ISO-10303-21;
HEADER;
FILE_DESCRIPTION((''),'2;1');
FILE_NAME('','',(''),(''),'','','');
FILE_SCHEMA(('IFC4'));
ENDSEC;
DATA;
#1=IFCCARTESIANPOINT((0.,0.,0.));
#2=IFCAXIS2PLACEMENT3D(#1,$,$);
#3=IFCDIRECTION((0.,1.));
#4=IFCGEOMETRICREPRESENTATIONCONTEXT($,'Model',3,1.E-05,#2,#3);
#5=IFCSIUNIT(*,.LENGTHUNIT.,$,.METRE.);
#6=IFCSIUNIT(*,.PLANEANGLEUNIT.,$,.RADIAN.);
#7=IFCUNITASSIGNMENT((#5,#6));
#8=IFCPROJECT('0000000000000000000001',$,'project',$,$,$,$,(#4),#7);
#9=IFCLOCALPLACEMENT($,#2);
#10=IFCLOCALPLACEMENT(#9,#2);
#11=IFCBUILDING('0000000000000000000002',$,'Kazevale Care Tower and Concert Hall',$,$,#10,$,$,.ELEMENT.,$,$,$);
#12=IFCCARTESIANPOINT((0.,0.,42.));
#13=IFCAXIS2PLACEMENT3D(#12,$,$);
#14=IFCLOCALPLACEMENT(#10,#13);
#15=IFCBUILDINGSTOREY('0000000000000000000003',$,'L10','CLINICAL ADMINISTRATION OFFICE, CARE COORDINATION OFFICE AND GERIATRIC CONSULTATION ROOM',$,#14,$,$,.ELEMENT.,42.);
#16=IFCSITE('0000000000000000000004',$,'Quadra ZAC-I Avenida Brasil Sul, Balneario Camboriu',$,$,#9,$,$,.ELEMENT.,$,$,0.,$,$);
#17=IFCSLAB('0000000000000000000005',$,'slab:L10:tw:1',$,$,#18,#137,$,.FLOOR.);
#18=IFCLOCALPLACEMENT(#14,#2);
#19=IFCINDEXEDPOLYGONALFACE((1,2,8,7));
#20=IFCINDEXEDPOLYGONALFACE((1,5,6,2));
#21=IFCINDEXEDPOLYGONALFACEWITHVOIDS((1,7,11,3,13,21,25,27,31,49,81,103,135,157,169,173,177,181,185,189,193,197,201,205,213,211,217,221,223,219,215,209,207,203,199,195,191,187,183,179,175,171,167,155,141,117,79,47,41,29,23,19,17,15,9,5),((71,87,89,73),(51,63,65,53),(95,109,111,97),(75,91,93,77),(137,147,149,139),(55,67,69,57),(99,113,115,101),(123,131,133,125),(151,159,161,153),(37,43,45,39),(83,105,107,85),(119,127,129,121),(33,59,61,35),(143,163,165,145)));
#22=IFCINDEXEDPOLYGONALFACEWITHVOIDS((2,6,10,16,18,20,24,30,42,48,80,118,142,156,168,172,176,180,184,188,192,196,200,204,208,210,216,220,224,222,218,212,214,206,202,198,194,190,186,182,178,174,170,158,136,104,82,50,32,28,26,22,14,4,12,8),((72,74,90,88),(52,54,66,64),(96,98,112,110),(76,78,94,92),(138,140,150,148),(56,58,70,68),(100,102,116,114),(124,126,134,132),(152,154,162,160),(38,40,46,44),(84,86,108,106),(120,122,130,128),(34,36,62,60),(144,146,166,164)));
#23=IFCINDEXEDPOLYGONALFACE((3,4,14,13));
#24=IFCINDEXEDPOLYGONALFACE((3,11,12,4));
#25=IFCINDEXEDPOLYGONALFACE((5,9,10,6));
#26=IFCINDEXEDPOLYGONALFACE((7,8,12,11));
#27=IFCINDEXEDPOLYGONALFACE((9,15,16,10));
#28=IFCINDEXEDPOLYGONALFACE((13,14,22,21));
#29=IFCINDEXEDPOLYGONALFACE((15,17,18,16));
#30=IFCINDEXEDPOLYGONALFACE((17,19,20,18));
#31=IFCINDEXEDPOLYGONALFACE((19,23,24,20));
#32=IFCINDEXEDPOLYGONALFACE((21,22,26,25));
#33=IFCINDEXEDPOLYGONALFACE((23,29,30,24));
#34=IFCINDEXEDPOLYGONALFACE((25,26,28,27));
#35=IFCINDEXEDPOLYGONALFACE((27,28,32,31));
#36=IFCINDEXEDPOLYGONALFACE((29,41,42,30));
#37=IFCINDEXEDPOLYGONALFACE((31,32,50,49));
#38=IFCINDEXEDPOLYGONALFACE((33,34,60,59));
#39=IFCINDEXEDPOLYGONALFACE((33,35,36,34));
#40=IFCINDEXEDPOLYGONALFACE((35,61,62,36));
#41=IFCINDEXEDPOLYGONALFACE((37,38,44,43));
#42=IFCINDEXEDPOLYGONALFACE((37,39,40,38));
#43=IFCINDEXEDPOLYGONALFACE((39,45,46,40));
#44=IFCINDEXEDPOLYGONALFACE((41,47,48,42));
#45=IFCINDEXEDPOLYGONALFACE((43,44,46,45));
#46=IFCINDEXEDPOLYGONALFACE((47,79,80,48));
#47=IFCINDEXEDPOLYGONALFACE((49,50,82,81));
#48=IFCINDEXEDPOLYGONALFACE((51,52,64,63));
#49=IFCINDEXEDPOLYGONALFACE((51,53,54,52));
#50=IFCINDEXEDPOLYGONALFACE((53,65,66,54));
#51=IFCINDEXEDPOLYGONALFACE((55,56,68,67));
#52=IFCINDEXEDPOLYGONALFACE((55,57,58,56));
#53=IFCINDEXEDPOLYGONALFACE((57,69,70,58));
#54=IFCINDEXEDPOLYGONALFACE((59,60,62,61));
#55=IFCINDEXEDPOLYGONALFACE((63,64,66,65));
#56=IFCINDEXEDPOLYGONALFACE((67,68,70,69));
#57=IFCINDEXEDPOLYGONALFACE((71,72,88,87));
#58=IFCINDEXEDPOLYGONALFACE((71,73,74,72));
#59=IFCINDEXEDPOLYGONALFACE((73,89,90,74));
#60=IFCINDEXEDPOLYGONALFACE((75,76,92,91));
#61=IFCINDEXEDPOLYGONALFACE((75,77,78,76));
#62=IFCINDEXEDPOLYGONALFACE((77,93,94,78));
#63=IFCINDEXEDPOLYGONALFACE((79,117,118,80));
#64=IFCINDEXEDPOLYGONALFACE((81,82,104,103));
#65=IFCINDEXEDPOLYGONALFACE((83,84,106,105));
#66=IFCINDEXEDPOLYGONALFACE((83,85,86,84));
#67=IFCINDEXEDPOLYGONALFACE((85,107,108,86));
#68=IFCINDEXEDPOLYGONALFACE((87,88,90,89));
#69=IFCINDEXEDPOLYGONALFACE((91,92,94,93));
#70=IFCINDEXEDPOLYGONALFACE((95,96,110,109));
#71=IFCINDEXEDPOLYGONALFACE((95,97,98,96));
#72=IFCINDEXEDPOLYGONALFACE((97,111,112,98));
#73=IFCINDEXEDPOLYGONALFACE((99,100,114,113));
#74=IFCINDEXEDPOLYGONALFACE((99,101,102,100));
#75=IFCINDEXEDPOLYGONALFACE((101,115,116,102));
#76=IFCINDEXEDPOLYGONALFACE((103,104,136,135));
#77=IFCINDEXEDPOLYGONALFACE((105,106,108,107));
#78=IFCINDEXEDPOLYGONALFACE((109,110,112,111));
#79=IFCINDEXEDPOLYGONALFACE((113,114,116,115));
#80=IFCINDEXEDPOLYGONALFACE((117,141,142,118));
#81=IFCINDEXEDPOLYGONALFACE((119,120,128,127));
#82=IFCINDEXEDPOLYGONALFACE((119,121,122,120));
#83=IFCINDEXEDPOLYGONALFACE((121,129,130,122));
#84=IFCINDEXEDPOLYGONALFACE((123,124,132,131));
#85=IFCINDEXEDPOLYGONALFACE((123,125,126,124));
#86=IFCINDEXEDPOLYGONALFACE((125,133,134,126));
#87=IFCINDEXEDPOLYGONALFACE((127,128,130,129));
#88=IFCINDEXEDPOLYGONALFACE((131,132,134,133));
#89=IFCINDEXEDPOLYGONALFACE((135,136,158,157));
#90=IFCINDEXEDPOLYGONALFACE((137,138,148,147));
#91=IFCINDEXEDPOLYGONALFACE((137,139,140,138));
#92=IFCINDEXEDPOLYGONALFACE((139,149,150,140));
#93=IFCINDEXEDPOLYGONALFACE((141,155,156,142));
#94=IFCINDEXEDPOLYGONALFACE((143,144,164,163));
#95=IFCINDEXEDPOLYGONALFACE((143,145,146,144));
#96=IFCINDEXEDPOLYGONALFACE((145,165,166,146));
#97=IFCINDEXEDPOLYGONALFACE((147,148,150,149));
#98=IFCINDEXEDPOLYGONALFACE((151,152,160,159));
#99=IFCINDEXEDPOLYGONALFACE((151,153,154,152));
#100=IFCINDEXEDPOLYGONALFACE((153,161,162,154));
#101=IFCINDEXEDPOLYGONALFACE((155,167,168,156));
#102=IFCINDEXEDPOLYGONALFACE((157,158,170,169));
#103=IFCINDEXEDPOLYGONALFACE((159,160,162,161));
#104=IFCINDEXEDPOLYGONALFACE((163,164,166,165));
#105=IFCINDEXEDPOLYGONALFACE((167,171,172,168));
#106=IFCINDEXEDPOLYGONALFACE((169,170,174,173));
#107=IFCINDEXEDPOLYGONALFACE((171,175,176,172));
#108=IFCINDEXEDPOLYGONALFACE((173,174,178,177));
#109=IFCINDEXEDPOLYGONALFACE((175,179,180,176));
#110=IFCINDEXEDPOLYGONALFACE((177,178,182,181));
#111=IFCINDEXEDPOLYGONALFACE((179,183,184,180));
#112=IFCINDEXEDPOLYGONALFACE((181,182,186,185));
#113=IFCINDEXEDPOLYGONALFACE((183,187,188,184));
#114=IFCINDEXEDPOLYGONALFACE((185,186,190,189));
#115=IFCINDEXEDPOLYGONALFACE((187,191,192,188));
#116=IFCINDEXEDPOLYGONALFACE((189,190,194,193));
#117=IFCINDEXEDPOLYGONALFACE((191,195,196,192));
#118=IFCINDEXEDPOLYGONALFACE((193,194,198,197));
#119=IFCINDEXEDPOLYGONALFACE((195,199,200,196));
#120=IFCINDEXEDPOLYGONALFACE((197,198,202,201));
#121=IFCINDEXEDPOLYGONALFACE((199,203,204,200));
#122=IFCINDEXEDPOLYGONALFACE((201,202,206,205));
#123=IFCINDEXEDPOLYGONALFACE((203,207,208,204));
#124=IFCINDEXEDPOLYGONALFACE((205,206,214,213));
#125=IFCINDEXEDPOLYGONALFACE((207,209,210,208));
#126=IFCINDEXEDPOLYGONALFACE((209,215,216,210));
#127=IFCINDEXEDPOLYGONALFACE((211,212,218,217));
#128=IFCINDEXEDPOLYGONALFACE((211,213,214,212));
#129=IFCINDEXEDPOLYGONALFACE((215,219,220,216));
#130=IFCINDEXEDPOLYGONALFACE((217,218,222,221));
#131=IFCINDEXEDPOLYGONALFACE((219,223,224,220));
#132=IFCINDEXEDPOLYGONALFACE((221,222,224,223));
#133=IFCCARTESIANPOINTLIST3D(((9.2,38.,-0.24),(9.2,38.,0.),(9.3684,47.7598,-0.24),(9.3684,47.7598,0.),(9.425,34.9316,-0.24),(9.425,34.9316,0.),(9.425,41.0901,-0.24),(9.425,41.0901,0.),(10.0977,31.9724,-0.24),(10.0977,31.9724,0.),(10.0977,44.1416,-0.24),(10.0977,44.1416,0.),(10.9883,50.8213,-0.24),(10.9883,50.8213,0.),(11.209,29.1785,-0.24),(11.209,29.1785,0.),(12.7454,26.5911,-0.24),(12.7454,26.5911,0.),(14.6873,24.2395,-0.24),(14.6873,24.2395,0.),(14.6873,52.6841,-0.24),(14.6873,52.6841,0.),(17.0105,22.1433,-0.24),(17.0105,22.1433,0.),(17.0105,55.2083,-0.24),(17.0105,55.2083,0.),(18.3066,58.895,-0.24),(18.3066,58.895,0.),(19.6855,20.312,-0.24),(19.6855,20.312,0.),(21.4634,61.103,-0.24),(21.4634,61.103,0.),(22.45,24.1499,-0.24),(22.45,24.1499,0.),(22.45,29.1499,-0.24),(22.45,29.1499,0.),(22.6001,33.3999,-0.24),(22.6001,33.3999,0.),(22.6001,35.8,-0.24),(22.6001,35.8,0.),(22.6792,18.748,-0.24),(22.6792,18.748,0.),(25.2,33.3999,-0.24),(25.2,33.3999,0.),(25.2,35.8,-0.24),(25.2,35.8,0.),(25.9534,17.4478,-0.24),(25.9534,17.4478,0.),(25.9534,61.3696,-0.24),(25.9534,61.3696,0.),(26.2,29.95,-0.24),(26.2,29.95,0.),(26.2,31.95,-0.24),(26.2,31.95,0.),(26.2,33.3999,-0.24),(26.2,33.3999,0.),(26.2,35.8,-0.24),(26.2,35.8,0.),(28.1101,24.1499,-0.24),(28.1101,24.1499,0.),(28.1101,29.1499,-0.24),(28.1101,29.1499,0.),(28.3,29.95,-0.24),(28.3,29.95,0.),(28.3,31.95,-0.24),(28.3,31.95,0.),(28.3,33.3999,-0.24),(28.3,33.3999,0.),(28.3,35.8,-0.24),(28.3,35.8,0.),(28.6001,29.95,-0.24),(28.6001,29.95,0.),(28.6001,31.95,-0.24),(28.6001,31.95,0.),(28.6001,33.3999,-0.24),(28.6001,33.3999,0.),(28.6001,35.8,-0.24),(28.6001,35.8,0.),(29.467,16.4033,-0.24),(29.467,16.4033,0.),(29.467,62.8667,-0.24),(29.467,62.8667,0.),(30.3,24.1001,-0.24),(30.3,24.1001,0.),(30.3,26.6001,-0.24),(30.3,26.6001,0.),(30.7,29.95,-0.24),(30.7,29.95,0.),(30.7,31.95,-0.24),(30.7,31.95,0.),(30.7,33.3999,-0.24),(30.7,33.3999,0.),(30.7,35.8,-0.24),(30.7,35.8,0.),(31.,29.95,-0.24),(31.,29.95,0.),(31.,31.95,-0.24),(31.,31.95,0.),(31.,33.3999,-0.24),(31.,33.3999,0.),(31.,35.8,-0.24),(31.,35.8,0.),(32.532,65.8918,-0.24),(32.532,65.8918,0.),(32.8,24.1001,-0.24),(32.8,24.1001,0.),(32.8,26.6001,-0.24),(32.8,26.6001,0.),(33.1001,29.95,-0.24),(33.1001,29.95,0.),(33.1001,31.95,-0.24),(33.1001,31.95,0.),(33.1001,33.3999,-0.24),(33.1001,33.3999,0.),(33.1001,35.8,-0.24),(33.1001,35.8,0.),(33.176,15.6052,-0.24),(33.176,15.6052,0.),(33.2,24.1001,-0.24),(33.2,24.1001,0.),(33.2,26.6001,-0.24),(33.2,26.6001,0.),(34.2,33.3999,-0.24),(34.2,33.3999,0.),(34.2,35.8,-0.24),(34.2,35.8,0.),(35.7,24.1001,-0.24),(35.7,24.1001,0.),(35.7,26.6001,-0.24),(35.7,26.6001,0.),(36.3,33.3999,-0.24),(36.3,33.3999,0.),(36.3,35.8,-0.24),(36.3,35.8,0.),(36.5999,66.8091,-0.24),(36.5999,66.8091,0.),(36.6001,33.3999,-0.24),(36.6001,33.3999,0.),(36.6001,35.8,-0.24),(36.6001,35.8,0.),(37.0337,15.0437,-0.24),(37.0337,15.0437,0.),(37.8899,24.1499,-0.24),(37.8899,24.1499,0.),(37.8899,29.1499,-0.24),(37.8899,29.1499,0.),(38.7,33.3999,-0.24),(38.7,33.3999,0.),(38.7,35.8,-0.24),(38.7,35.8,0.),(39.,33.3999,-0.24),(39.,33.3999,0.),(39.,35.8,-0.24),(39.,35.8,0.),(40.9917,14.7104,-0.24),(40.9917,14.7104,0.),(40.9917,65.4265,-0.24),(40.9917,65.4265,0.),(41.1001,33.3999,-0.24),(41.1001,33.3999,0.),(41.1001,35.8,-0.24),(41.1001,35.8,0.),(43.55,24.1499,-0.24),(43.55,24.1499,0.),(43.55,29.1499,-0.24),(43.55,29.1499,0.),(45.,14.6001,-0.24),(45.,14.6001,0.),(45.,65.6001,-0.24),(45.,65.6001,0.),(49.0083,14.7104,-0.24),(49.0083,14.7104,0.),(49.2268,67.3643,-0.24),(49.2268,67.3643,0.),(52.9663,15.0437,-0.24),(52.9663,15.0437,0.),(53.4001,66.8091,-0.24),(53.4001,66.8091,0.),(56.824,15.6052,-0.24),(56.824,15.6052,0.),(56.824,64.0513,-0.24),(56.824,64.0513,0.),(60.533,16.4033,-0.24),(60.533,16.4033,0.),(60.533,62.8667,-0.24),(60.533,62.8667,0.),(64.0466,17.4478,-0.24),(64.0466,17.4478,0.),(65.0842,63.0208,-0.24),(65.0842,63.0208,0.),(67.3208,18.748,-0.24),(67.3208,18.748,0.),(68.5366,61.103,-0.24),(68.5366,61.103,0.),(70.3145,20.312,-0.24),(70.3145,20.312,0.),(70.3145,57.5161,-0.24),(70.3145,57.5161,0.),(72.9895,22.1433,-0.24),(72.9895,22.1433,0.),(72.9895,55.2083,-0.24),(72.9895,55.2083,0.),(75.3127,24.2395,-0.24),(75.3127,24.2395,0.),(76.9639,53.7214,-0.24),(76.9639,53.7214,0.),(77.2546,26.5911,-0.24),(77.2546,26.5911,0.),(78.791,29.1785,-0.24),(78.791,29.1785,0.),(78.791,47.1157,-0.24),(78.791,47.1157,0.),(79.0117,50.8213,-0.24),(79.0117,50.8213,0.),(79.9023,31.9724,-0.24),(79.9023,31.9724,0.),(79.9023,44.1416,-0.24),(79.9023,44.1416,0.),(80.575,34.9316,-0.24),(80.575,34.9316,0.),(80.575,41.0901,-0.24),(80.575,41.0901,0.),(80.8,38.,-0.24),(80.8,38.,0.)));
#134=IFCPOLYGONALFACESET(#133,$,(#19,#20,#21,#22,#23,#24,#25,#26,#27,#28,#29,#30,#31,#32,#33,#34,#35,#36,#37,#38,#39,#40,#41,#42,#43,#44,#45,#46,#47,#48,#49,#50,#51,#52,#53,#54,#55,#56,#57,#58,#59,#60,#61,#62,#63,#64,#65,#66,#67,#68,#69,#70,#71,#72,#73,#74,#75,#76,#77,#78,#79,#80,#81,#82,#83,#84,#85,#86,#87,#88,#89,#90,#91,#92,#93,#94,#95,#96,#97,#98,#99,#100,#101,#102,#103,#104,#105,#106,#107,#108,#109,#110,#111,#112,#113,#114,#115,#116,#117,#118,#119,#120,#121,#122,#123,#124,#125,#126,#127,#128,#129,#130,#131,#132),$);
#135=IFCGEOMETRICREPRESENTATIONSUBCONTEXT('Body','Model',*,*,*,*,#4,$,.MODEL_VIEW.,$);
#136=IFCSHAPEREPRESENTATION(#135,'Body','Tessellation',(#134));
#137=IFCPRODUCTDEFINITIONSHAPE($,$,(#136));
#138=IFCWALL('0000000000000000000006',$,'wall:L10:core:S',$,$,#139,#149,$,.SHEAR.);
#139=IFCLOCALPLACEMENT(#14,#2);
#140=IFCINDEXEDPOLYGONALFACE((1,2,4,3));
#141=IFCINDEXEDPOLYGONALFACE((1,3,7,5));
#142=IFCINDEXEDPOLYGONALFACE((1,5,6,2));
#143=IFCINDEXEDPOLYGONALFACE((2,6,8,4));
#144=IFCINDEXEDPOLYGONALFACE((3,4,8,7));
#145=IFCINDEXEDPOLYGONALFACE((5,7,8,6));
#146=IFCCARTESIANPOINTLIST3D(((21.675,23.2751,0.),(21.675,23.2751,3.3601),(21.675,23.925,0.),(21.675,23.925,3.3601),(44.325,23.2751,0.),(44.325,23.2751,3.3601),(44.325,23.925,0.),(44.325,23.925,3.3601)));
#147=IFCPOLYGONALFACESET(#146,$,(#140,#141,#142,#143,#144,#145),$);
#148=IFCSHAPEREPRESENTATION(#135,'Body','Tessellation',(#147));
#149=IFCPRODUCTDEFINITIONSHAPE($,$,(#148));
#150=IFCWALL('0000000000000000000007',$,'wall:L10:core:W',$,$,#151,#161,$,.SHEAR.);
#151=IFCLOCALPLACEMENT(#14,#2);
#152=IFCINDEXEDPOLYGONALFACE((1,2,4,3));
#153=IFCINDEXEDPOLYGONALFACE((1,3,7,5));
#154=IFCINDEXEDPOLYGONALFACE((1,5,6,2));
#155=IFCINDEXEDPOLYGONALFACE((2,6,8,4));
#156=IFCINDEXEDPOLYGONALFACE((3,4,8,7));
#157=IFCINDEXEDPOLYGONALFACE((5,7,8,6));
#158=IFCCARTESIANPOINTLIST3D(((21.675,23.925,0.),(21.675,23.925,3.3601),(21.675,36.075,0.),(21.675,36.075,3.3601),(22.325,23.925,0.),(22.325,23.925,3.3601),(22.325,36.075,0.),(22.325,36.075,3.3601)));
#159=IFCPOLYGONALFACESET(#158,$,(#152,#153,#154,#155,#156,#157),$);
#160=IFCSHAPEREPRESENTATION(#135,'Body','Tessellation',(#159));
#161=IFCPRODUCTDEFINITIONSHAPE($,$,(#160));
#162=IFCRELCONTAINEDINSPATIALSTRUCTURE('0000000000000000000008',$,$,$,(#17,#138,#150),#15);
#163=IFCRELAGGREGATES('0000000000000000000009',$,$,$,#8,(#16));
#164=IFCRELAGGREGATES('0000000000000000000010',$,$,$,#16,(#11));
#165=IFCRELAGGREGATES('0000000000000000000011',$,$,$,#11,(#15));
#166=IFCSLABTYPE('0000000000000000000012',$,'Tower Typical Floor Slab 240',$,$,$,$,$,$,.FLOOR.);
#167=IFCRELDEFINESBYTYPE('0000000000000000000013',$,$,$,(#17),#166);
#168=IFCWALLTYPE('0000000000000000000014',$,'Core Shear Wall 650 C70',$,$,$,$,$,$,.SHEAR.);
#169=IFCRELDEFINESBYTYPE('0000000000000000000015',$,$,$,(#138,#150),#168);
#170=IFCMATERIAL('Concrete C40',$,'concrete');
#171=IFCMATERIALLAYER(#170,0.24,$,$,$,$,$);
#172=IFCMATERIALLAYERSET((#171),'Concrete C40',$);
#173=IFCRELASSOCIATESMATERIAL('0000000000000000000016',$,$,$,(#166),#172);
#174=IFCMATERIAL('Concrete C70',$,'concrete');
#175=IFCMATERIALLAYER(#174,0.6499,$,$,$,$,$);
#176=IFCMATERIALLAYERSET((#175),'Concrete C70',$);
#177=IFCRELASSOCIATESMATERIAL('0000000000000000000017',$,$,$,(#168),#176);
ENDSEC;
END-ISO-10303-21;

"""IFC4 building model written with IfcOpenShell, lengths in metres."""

from ifc_helpers import new_model, si_unit, direction, frame, frame_2d, origin, place, context, subcontext, project, spatial, polyline, rectangle, outline, extrude, material, layer, layer_set, type_object, element, save


model = new_model("IFC4")

# Units and contexts
model_context = context("Model", 3, precision=1e-05, world=origin(), true_north=direction((0.0, 1.0)))
body_context = subcontext(model_context, "Body", "Model", "MODEL_VIEW")
ifc_project = project(units=[si_unit("LENGTHUNIT", "METRE"), si_unit("PLANEANGLEUNIT", "RADIAN")], contexts=[model_context])

# Site, building, storey
site_placement = place(None, origin())
site = spatial("IfcSite", under=ifc_project, at=site_placement, Name="Quadra ZAC-I Avenida Brasil Sul, Balneario Camboriu", CompositionType="ELEMENT", RefElevation=0.0)
building_placement = place(site_placement, origin())
building = spatial("IfcBuilding", under=site, at=building_placement, Name="Kazevale Care Tower and Concert Hall", CompositionType="ELEMENT")
storey_placement = place(building_placement, frame((0.0, 0.0, 42.0)))
storey = spatial("IfcBuildingStorey", under=building, at=storey_placement, Name="L10", Description="CLINICAL ADMINISTRATION OFFICE, CARE COORDINATION OFFICE AND GERIATRIC CONSULTATION ROOM", CompositionType="ELEMENT", Elevation=42.0)

# Shared definitions
ifc_material_1 = material(Name="Concrete C70", Category="concrete")

# Shared definitions
ifc_material_2 = material(Name="Concrete C40", Category="concrete")

# Slab
ifc_layer_1 = layer(ifc_material_2, 0.24)
ifc_layer_set_1 = layer_set([ifc_layer_1], Name="Concrete C40")
slab_type_1 = type_object("IfcSlabType", Name="Tower Typical Floor Slab 240", PredefinedType="FLOOR", material=ifc_layer_set_1)
slab_1_placement = place(storey_placement, frame((0.0, 0.0, -0.24)))
element("IfcSlab", 1, at=slab_1_placement, inside=storey, type_object=slab_type_1, Name="slab:L10:tw:1", PredefinedType="FLOOR", context=body_context, shape_type="SweptSolid", body=[
    extrude(outline(polyline([(80.8, 38.0), (80.575, 41.0901), (79.9023, 44.1416), (78.791, 47.1157), (79.0117, 50.8213), (76.9639, 53.7214), (72.9895, 55.2083), (70.3145, 57.5161), (68.5366, 61.103), (65.0842, 63.0208), (60.533, 62.8667), (56.824, 64.0513), (53.4001, 66.8091), (49.2268, 67.3643), (45.0, 65.6001), (40.9917, 65.4265), (36.5999, 66.8091), (32.532, 65.8918), (29.467, 62.8667), (25.9534, 61.3696), (21.4634, 61.103), (18.3066, 58.895), (17.0105, 55.2083), (14.6873, 52.6841), (10.9883, 50.8213), (9.3684, 47.7598), (10.0977, 44.1416), (9.425, 41.0901), (9.2, 38.0), (9.425, 34.9316), (10.0977, 31.9724), (11.209, 29.1785), (12.7454, 26.5911), (14.6873, 24.2395), (17.0105, 22.1433), (19.6855, 20.312), (22.6792, 18.748), (25.9534, 17.4478), (29.467, 16.4033), (33.176, 15.6052), (37.0337, 15.0437), (40.9917, 14.7104), (45.0, 14.6001), (49.0083, 14.7104), (52.9663, 15.0437), (56.824, 15.6052), (60.533, 16.4033), (64.0466, 17.4478), (67.3208, 18.748), (70.3145, 20.312), (72.9895, 22.1433), (75.3127, 24.2395), (77.2546, 26.5911), (78.791, 29.1785), (79.9023, 31.9724), (80.575, 34.9316), (80.8, 38.0)]), holes=[polyline([(22.45, 24.1499), (28.1101, 24.1499), (28.1101, 29.1499), (22.45, 29.1499), (22.45, 24.1499)]), polyline([(37.8899, 24.1499), (43.55, 24.1499), (43.55, 29.1499), (37.8899, 29.1499), (37.8899, 24.1499)]), polyline([(30.3, 24.1001), (32.8, 24.1001), (32.8, 26.6001), (30.3, 26.6001), (30.3, 24.1001)]), polyline([(33.2, 24.1001), (35.7, 24.1001), (35.7, 26.6001), (33.2, 26.6001), (33.2, 24.1001)]), polyline([(22.6001, 33.3999), (25.2, 33.3999), (25.2, 35.8), (22.6001, 35.8), (22.6001, 33.3999)]), polyline([(26.2, 33.3999), (28.3, 33.3999), (28.3, 35.8), (26.2, 35.8), (26.2, 33.3999)]), polyline([(28.6001, 33.3999), (30.7, 33.3999), (30.7, 35.8), (28.6001, 35.8), (28.6001, 33.3999)]), polyline([(31.0, 33.3999), (33.1001, 33.3999), (33.1001, 35.8), (31.0, 35.8), (31.0, 33.3999)]), polyline([(34.2, 33.3999), (36.3, 33.3999), (36.3, 35.8), (34.2, 35.8), (34.2, 33.3999)]), polyline([(36.6001, 33.3999), (38.7, 33.3999), (38.7, 35.8), (36.6001, 35.8), (36.6001, 33.3999)]), polyline([(39.0, 33.3999), (41.1001, 33.3999), (41.1001, 35.8), (39.0, 35.8), (39.0, 33.3999)]), polyline([(26.2, 29.95), (28.3, 29.95), (28.3, 31.95), (26.2, 31.95), (26.2, 29.95)]), polyline([(28.6001, 29.95), (30.7, 29.95), (30.7, 31.95), (28.6001, 31.95), (28.6001, 29.95)]), polyline([(31.0, 29.95), (33.1001, 29.95), (33.1001, 31.95), (31.0, 31.95), (31.0, 29.95)])]), origin(), (0.0, 0.0, 1.0), 0.24),
])

# Walls
ifc_layer_2 = layer(ifc_material_1, 0.6499)
ifc_layer_set_2 = layer_set([ifc_layer_2], Name="Concrete C70")
wall_type_1 = type_object("IfcWallType", Name="Core Shear Wall 650 C70", PredefinedType="SHEAR", material=ifc_layer_set_2)
wall_1_placement = place(storey_placement, frame((21.675, 23.6001, 0.0), z_axis=(0.0, 0.0, 1.0), x_axis=(1.0, 0.0, 0.0)))
element("IfcWall", 2, at=wall_1_placement, inside=storey, type_object=wall_type_1, Name="wall:L10:core:S", PredefinedType="SHEAR", context=body_context, shape_type="SweptSolid", body=[
    extrude(rectangle(XDim=22.6499, YDim=0.6499, at=frame_2d((11.325, 0.0))), origin(), (0.0, 0.0, 1.0), 3.3601),
])
wall_2_placement = place(storey_placement, frame((22.0, 23.925, 0.0), z_axis=(0.0, 0.0, 1.0), x_axis=(0.0, 1.0, 0.0)))
element("IfcWall", 3, at=wall_2_placement, inside=storey, type_object=wall_type_1, Name="wall:L10:core:W", PredefinedType="SHEAR", context=body_context, shape_type="SweptSolid", body=[
    extrude(rectangle(XDim=12.1499, YDim=0.6499, at=frame_2d((6.075, 0.0))), origin(), (0.0, 0.0, 1.0), 3.3601),
])

save(model, "model.ifc")
